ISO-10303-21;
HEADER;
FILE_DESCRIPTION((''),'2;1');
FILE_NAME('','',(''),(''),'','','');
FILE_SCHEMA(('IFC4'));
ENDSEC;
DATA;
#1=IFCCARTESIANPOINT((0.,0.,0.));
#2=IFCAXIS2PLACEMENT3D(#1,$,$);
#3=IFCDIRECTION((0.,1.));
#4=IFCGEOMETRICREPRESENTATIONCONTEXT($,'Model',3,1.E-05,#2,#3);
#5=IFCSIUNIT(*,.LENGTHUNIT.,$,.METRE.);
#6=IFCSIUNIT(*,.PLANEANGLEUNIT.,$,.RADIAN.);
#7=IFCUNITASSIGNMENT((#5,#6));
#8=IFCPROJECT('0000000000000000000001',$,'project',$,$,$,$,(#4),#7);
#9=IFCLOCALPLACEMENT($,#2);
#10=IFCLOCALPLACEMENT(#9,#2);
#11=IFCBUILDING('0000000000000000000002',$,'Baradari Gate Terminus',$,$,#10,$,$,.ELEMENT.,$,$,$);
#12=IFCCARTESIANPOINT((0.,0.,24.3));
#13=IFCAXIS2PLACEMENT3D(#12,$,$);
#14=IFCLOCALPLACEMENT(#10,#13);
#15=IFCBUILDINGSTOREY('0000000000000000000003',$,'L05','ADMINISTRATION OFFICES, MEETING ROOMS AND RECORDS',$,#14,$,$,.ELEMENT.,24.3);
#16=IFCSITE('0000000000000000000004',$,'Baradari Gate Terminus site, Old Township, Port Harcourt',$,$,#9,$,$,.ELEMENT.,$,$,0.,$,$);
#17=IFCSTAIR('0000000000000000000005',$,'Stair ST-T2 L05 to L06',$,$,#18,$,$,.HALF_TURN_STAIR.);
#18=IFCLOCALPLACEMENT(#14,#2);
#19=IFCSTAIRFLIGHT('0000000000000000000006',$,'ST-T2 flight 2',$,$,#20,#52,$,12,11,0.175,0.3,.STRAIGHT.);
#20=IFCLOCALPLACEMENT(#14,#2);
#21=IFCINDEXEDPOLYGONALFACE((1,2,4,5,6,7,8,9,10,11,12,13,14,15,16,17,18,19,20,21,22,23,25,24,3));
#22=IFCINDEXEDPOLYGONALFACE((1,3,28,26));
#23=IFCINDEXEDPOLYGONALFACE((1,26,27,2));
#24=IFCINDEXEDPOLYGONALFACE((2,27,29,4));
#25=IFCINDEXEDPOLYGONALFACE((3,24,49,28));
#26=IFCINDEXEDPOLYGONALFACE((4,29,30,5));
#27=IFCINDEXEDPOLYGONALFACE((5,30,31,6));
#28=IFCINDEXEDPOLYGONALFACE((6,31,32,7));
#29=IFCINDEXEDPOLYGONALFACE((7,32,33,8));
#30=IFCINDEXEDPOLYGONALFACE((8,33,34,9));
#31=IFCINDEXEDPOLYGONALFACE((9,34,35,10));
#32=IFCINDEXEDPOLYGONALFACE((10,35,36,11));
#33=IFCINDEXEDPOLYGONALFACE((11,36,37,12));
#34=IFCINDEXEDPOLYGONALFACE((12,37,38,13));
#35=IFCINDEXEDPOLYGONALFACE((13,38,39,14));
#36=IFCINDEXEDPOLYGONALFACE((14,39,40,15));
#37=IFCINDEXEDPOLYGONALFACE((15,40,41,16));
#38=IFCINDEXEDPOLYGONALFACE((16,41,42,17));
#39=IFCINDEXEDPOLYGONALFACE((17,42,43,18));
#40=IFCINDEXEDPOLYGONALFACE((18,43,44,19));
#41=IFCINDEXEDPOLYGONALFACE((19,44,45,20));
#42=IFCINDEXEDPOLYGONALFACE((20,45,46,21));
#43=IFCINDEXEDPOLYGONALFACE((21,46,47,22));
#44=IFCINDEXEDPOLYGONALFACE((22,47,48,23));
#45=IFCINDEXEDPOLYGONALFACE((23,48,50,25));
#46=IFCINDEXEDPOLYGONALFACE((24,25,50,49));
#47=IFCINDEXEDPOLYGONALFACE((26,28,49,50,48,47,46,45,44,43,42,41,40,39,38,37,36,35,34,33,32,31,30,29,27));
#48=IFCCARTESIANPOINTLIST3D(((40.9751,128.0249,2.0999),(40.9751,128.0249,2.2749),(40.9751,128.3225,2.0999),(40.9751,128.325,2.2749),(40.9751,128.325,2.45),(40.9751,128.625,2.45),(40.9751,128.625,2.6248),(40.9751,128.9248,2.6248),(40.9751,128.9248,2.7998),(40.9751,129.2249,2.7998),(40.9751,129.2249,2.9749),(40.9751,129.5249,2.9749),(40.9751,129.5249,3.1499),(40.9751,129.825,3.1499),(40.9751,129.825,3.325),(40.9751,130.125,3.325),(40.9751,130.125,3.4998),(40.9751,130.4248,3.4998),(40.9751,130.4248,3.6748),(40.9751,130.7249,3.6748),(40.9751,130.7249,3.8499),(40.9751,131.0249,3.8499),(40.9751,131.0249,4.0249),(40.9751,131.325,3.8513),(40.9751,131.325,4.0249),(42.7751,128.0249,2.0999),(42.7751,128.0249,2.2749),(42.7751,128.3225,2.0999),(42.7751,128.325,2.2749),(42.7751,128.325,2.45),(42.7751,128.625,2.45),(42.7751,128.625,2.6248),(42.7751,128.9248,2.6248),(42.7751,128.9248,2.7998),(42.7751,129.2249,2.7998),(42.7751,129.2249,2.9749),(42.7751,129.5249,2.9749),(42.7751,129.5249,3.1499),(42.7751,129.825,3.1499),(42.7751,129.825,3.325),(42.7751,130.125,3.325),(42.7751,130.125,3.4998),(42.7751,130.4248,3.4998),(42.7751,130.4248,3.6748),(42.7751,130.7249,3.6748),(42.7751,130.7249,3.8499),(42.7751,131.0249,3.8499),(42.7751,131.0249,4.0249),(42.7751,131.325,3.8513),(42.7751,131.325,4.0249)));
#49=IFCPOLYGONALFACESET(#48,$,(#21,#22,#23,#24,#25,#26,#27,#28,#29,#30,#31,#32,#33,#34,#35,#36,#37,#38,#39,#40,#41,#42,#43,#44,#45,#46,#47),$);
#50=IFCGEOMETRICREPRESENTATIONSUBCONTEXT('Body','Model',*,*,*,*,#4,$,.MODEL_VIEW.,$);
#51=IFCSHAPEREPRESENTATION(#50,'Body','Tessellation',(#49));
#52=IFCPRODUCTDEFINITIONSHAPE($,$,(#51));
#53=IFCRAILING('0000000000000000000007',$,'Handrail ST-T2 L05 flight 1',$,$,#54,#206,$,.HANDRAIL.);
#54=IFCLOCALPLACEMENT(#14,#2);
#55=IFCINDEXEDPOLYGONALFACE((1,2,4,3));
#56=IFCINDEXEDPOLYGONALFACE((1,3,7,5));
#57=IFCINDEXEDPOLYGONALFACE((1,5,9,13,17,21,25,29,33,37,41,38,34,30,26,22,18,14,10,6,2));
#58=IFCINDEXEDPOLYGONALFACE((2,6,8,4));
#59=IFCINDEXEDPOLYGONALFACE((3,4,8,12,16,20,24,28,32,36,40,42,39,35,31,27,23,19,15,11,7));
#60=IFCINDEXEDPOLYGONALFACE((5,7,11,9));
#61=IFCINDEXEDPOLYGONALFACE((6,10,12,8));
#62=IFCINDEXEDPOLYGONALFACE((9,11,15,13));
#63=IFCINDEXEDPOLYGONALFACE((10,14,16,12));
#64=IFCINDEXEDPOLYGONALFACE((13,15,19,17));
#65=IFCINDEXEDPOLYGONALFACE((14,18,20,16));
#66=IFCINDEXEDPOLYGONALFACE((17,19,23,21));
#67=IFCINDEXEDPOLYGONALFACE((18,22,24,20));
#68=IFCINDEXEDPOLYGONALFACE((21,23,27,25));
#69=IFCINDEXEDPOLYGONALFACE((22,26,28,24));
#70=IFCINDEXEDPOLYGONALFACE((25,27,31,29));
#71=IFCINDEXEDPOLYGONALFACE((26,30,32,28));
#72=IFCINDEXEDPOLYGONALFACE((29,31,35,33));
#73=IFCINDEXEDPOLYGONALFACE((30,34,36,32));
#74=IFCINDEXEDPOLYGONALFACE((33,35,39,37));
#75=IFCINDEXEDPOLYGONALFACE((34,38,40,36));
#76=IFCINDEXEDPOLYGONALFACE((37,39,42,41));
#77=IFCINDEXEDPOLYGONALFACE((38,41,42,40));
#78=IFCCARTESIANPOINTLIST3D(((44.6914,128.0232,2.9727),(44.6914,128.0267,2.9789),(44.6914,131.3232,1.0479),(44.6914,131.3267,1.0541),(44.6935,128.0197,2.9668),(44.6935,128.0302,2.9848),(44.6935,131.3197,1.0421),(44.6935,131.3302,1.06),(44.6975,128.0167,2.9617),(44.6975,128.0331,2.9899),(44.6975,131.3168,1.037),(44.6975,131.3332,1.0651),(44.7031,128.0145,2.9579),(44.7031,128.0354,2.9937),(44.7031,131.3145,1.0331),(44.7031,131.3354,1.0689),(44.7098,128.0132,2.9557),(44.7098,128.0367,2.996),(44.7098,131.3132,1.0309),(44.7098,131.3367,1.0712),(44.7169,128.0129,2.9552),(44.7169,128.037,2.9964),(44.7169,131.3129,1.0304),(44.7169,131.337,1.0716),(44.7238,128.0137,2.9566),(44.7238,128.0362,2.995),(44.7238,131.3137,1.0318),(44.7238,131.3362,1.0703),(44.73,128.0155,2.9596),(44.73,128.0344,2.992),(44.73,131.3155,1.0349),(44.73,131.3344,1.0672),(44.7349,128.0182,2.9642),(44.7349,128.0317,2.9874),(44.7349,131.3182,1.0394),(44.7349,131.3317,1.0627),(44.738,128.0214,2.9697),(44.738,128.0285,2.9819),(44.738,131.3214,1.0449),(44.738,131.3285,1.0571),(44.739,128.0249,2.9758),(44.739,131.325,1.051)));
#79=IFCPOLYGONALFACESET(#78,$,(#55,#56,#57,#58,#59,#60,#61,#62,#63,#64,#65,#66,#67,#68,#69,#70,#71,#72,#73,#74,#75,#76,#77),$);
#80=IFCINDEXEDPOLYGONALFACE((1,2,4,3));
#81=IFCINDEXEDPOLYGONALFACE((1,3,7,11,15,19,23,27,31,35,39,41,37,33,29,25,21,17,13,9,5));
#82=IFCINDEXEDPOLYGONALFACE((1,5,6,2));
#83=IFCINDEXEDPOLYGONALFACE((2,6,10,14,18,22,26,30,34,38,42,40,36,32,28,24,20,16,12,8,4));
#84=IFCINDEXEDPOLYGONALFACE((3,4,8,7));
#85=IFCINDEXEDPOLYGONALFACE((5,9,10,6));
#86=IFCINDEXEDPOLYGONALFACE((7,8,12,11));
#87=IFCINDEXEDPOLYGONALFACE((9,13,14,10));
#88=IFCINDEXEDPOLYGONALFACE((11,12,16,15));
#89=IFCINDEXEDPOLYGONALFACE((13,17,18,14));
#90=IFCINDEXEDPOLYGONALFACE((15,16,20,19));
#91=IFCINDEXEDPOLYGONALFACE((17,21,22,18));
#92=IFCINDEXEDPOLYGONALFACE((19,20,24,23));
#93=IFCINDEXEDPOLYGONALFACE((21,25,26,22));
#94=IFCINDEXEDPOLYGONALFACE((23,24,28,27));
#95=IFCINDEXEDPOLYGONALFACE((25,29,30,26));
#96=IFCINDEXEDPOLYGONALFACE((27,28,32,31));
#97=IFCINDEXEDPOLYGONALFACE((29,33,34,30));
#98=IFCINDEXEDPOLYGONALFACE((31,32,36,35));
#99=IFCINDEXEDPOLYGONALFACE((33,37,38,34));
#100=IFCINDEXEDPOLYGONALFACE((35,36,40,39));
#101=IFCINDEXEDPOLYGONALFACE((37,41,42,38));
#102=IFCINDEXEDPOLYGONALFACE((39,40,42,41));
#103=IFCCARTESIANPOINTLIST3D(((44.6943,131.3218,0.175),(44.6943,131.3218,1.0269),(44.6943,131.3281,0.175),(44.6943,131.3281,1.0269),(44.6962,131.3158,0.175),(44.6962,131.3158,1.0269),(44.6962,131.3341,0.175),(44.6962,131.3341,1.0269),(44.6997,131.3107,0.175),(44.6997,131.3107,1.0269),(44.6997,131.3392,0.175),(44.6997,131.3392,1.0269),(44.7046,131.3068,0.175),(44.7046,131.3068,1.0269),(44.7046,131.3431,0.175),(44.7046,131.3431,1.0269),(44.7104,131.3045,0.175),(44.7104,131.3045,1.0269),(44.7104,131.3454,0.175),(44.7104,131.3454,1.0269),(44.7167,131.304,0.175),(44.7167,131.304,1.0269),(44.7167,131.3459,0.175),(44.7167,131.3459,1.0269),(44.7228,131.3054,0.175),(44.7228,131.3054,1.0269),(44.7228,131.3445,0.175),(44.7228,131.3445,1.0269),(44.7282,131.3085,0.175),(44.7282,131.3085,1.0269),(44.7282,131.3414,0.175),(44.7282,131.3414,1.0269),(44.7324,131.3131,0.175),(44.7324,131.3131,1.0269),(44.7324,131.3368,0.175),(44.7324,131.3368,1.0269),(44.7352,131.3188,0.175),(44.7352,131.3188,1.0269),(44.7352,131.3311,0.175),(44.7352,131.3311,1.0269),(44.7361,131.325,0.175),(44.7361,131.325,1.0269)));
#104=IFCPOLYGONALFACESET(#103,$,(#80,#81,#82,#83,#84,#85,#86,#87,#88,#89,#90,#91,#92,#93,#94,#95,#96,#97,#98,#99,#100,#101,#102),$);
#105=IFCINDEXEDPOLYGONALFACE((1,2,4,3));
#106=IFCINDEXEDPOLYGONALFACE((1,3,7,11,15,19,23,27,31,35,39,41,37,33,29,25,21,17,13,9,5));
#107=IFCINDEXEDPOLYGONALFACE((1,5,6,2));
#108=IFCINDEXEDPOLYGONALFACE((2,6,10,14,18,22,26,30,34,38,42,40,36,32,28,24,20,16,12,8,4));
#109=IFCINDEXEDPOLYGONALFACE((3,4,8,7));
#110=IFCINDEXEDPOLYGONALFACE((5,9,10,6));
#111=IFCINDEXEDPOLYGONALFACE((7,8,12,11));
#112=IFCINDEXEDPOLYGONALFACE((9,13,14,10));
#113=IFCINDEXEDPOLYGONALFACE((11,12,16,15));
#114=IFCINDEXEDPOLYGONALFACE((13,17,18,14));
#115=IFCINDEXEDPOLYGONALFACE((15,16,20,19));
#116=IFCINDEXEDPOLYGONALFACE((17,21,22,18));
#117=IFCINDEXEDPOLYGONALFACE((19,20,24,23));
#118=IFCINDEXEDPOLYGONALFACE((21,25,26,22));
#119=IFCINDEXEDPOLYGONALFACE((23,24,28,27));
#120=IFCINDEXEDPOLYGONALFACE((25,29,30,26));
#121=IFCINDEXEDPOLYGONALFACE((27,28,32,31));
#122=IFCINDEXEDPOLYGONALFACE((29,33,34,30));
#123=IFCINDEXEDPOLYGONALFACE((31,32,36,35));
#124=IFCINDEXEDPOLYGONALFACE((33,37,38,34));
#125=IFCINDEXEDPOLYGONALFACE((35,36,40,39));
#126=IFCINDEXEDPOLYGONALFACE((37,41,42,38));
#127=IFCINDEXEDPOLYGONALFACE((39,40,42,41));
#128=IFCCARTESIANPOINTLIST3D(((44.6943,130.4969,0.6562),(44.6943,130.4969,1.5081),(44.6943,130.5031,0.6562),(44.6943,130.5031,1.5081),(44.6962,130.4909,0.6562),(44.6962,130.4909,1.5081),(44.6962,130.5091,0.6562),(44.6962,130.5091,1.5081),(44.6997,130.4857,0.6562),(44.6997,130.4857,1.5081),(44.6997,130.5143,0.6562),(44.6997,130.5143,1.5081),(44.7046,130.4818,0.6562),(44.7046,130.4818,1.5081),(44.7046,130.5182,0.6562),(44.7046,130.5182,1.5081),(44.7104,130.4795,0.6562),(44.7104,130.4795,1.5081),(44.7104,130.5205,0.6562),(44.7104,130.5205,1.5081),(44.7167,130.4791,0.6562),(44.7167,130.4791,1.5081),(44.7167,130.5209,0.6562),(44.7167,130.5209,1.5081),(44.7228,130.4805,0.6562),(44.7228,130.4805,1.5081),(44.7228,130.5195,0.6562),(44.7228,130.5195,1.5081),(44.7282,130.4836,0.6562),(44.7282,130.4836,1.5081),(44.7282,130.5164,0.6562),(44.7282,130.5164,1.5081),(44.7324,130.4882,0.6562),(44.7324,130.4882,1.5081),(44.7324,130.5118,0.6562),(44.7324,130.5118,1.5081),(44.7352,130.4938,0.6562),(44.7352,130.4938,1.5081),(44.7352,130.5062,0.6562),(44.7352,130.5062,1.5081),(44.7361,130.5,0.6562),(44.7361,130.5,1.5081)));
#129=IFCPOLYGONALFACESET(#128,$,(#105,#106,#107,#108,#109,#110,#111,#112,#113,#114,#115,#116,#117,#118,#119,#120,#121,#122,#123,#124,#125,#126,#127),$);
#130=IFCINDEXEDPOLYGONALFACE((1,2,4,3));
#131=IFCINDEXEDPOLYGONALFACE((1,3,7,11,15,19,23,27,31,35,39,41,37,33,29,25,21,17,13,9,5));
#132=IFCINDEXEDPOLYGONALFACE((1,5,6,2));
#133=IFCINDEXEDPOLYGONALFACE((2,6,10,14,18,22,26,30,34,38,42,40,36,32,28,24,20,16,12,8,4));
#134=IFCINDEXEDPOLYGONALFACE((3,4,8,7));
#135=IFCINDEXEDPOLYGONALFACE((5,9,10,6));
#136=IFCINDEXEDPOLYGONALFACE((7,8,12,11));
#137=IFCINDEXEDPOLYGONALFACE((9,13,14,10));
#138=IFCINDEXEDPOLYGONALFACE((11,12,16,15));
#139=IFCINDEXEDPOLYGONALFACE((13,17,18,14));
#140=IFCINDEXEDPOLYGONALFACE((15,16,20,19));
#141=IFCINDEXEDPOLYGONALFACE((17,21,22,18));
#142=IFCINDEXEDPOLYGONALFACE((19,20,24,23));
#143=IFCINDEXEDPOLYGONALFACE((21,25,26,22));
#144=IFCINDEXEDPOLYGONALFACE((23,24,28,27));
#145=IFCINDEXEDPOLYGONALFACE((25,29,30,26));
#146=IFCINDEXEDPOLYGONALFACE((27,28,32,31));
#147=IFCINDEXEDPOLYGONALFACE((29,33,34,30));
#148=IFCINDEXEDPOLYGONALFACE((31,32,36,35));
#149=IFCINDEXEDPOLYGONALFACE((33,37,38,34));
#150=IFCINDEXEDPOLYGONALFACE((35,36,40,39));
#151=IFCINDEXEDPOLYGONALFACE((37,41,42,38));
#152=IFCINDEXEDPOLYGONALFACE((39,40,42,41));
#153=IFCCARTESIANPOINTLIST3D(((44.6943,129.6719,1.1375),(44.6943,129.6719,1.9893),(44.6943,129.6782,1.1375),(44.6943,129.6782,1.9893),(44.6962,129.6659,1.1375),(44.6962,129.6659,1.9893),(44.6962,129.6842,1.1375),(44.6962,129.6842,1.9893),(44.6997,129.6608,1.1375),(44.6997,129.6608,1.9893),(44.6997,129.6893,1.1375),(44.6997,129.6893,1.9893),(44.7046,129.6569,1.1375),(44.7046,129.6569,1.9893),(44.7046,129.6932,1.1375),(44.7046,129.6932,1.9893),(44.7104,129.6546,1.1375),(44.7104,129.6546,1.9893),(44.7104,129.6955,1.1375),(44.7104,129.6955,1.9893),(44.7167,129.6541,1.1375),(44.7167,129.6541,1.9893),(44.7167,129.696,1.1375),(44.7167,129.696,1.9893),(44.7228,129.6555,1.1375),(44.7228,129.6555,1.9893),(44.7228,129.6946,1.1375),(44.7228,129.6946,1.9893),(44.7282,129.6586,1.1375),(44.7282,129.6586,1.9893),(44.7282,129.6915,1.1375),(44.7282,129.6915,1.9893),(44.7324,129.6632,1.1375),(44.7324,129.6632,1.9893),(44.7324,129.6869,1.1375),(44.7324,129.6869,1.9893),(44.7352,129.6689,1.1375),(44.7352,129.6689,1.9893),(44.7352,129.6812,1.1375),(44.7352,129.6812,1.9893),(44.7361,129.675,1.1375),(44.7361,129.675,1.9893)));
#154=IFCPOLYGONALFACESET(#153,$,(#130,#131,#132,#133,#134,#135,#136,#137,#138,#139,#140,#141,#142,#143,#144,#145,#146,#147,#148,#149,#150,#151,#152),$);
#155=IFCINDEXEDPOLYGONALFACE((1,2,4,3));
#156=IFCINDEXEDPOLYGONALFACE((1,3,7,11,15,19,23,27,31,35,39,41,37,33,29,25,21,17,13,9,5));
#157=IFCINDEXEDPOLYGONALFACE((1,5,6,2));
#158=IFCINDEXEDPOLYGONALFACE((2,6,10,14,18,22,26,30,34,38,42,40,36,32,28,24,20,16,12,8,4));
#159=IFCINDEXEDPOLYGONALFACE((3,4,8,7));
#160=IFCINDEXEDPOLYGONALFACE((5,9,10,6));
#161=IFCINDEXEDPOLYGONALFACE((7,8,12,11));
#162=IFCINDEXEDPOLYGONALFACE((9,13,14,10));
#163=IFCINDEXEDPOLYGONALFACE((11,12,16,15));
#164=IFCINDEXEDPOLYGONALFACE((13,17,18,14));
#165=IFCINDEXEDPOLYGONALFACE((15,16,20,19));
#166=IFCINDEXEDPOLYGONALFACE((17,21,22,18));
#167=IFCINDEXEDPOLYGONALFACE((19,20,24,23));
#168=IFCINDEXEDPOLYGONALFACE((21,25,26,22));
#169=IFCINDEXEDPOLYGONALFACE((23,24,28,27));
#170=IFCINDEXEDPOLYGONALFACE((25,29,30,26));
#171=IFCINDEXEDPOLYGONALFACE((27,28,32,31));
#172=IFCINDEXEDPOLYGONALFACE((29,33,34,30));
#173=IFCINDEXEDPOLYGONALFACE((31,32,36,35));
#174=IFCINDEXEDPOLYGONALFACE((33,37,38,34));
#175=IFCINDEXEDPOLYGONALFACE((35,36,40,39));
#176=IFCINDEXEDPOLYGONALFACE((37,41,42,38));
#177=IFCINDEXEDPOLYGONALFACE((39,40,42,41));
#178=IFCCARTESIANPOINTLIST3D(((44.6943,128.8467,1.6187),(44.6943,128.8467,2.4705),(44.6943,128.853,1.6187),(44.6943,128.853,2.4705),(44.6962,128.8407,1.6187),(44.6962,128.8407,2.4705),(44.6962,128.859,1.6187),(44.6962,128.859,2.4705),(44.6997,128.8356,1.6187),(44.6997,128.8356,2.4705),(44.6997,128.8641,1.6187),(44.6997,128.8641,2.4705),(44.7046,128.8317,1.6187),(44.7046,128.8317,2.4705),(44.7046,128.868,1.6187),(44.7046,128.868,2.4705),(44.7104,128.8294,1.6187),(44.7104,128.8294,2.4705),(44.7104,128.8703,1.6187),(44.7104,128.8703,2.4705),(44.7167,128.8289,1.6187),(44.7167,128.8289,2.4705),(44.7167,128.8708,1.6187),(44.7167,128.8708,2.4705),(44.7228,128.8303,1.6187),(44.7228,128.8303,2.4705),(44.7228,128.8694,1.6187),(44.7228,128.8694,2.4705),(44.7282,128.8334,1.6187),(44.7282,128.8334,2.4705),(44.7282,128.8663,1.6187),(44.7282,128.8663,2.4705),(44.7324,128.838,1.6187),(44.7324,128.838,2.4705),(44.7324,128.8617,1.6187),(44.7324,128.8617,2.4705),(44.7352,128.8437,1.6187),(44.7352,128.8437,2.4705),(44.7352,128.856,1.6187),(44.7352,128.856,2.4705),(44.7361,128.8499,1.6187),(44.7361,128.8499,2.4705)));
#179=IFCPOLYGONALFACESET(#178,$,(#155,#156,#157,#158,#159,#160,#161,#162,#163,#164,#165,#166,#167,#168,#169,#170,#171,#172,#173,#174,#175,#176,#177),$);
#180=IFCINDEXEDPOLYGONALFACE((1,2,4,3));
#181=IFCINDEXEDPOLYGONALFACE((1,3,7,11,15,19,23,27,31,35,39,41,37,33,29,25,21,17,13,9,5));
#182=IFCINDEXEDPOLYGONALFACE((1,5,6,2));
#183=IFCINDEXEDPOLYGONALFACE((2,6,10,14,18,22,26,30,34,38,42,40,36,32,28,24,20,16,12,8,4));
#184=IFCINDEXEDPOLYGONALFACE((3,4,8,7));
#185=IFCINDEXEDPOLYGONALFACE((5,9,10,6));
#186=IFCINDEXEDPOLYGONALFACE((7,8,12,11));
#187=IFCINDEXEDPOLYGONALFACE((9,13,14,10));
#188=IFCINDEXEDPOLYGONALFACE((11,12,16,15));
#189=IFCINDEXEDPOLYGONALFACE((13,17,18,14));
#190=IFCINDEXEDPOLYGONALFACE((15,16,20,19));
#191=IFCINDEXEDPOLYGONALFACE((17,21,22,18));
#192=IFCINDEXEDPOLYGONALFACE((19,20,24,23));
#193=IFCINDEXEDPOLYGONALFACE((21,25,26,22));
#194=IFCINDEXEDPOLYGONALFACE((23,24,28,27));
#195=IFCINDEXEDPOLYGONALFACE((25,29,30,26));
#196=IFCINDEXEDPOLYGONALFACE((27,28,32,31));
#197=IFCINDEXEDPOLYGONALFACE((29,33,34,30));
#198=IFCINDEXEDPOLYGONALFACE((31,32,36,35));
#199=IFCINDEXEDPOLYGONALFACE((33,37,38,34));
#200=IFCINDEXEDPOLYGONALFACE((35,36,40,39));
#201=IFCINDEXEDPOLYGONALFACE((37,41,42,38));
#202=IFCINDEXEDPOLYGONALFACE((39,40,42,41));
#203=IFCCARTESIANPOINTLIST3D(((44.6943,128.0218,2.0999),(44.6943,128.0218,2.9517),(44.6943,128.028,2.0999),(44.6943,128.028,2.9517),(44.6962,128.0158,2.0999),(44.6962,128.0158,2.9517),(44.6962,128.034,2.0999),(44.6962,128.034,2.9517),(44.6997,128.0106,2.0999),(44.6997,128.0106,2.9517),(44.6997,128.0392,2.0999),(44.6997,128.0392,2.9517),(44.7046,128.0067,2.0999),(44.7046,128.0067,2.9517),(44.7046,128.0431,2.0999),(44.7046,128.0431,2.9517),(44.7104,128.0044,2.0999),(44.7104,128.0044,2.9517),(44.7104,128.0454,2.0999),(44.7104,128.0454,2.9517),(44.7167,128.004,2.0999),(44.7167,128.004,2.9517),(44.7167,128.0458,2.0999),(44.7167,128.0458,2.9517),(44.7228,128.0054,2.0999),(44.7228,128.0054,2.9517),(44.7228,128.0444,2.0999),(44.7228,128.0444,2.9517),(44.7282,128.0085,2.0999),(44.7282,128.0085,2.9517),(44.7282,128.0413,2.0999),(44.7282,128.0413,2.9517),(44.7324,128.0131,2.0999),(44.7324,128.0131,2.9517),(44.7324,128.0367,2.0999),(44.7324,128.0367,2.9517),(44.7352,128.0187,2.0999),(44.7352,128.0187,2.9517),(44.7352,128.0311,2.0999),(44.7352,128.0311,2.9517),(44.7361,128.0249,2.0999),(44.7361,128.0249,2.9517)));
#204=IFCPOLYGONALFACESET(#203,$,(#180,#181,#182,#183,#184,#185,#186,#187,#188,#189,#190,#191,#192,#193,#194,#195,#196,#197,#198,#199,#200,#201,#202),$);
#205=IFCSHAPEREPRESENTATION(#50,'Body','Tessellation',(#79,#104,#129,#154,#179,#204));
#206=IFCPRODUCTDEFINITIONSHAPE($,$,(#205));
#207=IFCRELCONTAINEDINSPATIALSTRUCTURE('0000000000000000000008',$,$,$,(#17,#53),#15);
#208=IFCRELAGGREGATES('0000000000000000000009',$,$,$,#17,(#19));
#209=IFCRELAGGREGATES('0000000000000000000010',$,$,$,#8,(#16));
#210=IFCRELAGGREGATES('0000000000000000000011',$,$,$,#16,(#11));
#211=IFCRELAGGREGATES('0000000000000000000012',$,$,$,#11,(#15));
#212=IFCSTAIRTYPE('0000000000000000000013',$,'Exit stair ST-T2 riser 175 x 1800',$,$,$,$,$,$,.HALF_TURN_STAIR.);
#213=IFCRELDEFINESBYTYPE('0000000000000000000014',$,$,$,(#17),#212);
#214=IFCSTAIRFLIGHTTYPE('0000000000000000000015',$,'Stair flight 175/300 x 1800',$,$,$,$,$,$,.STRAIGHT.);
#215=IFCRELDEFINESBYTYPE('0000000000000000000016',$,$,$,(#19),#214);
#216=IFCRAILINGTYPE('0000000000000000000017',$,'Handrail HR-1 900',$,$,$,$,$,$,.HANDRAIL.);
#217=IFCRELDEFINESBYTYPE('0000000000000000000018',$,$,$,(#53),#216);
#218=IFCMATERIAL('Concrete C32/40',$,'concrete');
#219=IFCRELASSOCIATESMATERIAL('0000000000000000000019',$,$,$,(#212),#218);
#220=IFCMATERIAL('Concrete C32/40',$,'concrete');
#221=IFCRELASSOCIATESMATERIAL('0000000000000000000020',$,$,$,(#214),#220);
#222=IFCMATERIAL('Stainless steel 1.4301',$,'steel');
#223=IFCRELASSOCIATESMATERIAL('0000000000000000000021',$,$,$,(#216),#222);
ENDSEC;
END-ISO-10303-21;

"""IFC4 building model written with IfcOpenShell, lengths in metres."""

from ifc_helpers import new_model, si_unit, direction, frame, origin, origin_2d, place, context, subcontext, project, spatial, polyline, circle, outline, extrude, material, type_object, element, aggregate, save


model = new_model("IFC4")

# Units and contexts
model_context = context("Model", 3, precision=1e-05, world=origin(), true_north=direction((0.0, 1.0)))
body_context = subcontext(model_context, "Body", "Model", "MODEL_VIEW")
ifc_project = project(units=[si_unit("LENGTHUNIT", "METRE"), si_unit("PLANEANGLEUNIT", "RADIAN")], contexts=[model_context])

# Site, building, storey
site_placement = place(None, origin())
site = spatial("IfcSite", under=ifc_project, at=site_placement, Name="Baradari Gate Terminus site, Old Township, Port Harcourt", CompositionType="ELEMENT", RefElevation=0.0)
building_placement = place(site_placement, origin())
building = spatial("IfcBuilding", under=site, at=building_placement, Name="Baradari Gate Terminus", CompositionType="ELEMENT")
storey_placement = place(building_placement, frame((0.0, 0.0, 24.3)))
storey = spatial("IfcBuildingStorey", under=building, at=storey_placement, Name="L05", Description="ADMINISTRATION OFFICES, MEETING ROOMS AND RECORDS", CompositionType="ELEMENT", Elevation=24.3)

# Stair, stair flight
ifc_material_1 = material(Name="Concrete C32/40", Category="concrete")
stair_type = type_object("IfcStairType", Name="Exit stair ST-T2 riser 175 x 1800", PredefinedType="HALF_TURN_STAIR", material=ifc_material_1)
stair_placement = place(storey_placement, origin())
stair = element("IfcStair", 1, at=stair_placement, inside=storey, type_object=stair_type, Name="Stair ST-T2 L05 to L06", PredefinedType="HALF_TURN_STAIR")
ifc_material_2 = material(Name="Concrete C32/40", Category="concrete")
stair_flight_type = type_object("IfcStairFlightType", Name="Stair flight 175/300 x 1800", PredefinedType="STRAIGHT", material=ifc_material_2)
stair_flight_1_placement = place(storey_placement, frame((41.875, 128.0249, 2.0999), z_axis=(0.0, 0.0, 1.0), x_axis=(0.0, 1.0, 0.0)))
stair_flight_1 = element("IfcStairFlight", 2, at=stair_flight_1_placement, type_object=stair_flight_type, Name="ST-T2 flight 2", NumberOfRisers=12, NumberOfTreads=11, PredefinedType="STRAIGHT", RiserHeight=0.175, TreadLength=0.3, context=body_context, shape_type="SweptSolid", body=[
    extrude(outline(polyline([(0.0, 0.0), (0.0, 0.175), (0.3, 0.175), (0.3, 0.3501), (0.6001, 0.3501), (0.6001, 0.5249), (0.8999, 0.5249), (0.8999, 0.7), (1.2, 0.7), (1.2, 0.875), (1.5, 0.875), (1.5, 1.05), (1.8, 1.05), (1.8, 1.2251), (2.1001, 1.2251), (2.1001, 1.3999), (2.3999, 1.3999), (2.3999, 1.575), (2.7, 1.575), (2.7, 1.75), (3.0, 1.75), (3.0, 1.925), (3.3, 1.925), (3.3, 2.1001), (3.3, 1.7515), (0.2976, 0.0), (0.0, 0.0)])), frame((0.0, 0.8999, 0.0), z_axis=(0.0, -1.0, 0.0), x_axis=(1.0, 0.0, 0.0)), (0.0, 0.0, 1.0), 1.8),
])
aggregate(stair, [stair_flight_1])

# Railing
ifc_material_3 = material(Name="Stainless steel 1.4301", Category="steel")
railing_type = type_object("IfcRailingType", Name="Handrail HR-1 900", PredefinedType="HANDRAIL", material=ifc_material_3)
for number, where, name in (
    (3, (44.7151, 131.325, 0.175), "Handrail ST-T2 L05 flight 1"),
):
    element("IfcRailing", number, at=place(storey_placement, frame(where)), inside=storey, type_object=railing_type, Name=name, PredefinedType="HANDRAIL", context=body_context, shape_type="SweptSolid", body=[
        extrude(circle(Radius=0.0239, at=origin_2d()), frame((0.0, 0.0, 0.876), z_axis=(0.0, -0.863804, 0.503827), x_axis=(1.0, 0.0, 0.0)), (0.0, 0.0, 1.0), 3.8203),
        extrude(circle(Radius=0.021, at=origin_2d()), origin(), (0.0, 0.0, 1.0), 0.8518),
        extrude(circle(Radius=0.021, at=origin_2d()), frame((0.0, -0.825, 0.4812)), (0.0, 0.0, 1.0), 0.8518),
        extrude(circle(Radius=0.021, at=origin_2d()), frame((0.0, -1.6499, 0.9624)), (0.0, 0.0, 1.0), 0.8518),
        extrude(circle(Radius=0.021, at=origin_2d()), frame((0.0, -2.4751, 1.4436)), (0.0, 0.0, 1.0), 0.8518),
        extrude(circle(Radius=0.021, at=origin_2d()), frame((0.0, -3.3, 1.9248)), (0.0, 0.0, 1.0), 0.8518),
    ])

save(model, "model.ifc")
